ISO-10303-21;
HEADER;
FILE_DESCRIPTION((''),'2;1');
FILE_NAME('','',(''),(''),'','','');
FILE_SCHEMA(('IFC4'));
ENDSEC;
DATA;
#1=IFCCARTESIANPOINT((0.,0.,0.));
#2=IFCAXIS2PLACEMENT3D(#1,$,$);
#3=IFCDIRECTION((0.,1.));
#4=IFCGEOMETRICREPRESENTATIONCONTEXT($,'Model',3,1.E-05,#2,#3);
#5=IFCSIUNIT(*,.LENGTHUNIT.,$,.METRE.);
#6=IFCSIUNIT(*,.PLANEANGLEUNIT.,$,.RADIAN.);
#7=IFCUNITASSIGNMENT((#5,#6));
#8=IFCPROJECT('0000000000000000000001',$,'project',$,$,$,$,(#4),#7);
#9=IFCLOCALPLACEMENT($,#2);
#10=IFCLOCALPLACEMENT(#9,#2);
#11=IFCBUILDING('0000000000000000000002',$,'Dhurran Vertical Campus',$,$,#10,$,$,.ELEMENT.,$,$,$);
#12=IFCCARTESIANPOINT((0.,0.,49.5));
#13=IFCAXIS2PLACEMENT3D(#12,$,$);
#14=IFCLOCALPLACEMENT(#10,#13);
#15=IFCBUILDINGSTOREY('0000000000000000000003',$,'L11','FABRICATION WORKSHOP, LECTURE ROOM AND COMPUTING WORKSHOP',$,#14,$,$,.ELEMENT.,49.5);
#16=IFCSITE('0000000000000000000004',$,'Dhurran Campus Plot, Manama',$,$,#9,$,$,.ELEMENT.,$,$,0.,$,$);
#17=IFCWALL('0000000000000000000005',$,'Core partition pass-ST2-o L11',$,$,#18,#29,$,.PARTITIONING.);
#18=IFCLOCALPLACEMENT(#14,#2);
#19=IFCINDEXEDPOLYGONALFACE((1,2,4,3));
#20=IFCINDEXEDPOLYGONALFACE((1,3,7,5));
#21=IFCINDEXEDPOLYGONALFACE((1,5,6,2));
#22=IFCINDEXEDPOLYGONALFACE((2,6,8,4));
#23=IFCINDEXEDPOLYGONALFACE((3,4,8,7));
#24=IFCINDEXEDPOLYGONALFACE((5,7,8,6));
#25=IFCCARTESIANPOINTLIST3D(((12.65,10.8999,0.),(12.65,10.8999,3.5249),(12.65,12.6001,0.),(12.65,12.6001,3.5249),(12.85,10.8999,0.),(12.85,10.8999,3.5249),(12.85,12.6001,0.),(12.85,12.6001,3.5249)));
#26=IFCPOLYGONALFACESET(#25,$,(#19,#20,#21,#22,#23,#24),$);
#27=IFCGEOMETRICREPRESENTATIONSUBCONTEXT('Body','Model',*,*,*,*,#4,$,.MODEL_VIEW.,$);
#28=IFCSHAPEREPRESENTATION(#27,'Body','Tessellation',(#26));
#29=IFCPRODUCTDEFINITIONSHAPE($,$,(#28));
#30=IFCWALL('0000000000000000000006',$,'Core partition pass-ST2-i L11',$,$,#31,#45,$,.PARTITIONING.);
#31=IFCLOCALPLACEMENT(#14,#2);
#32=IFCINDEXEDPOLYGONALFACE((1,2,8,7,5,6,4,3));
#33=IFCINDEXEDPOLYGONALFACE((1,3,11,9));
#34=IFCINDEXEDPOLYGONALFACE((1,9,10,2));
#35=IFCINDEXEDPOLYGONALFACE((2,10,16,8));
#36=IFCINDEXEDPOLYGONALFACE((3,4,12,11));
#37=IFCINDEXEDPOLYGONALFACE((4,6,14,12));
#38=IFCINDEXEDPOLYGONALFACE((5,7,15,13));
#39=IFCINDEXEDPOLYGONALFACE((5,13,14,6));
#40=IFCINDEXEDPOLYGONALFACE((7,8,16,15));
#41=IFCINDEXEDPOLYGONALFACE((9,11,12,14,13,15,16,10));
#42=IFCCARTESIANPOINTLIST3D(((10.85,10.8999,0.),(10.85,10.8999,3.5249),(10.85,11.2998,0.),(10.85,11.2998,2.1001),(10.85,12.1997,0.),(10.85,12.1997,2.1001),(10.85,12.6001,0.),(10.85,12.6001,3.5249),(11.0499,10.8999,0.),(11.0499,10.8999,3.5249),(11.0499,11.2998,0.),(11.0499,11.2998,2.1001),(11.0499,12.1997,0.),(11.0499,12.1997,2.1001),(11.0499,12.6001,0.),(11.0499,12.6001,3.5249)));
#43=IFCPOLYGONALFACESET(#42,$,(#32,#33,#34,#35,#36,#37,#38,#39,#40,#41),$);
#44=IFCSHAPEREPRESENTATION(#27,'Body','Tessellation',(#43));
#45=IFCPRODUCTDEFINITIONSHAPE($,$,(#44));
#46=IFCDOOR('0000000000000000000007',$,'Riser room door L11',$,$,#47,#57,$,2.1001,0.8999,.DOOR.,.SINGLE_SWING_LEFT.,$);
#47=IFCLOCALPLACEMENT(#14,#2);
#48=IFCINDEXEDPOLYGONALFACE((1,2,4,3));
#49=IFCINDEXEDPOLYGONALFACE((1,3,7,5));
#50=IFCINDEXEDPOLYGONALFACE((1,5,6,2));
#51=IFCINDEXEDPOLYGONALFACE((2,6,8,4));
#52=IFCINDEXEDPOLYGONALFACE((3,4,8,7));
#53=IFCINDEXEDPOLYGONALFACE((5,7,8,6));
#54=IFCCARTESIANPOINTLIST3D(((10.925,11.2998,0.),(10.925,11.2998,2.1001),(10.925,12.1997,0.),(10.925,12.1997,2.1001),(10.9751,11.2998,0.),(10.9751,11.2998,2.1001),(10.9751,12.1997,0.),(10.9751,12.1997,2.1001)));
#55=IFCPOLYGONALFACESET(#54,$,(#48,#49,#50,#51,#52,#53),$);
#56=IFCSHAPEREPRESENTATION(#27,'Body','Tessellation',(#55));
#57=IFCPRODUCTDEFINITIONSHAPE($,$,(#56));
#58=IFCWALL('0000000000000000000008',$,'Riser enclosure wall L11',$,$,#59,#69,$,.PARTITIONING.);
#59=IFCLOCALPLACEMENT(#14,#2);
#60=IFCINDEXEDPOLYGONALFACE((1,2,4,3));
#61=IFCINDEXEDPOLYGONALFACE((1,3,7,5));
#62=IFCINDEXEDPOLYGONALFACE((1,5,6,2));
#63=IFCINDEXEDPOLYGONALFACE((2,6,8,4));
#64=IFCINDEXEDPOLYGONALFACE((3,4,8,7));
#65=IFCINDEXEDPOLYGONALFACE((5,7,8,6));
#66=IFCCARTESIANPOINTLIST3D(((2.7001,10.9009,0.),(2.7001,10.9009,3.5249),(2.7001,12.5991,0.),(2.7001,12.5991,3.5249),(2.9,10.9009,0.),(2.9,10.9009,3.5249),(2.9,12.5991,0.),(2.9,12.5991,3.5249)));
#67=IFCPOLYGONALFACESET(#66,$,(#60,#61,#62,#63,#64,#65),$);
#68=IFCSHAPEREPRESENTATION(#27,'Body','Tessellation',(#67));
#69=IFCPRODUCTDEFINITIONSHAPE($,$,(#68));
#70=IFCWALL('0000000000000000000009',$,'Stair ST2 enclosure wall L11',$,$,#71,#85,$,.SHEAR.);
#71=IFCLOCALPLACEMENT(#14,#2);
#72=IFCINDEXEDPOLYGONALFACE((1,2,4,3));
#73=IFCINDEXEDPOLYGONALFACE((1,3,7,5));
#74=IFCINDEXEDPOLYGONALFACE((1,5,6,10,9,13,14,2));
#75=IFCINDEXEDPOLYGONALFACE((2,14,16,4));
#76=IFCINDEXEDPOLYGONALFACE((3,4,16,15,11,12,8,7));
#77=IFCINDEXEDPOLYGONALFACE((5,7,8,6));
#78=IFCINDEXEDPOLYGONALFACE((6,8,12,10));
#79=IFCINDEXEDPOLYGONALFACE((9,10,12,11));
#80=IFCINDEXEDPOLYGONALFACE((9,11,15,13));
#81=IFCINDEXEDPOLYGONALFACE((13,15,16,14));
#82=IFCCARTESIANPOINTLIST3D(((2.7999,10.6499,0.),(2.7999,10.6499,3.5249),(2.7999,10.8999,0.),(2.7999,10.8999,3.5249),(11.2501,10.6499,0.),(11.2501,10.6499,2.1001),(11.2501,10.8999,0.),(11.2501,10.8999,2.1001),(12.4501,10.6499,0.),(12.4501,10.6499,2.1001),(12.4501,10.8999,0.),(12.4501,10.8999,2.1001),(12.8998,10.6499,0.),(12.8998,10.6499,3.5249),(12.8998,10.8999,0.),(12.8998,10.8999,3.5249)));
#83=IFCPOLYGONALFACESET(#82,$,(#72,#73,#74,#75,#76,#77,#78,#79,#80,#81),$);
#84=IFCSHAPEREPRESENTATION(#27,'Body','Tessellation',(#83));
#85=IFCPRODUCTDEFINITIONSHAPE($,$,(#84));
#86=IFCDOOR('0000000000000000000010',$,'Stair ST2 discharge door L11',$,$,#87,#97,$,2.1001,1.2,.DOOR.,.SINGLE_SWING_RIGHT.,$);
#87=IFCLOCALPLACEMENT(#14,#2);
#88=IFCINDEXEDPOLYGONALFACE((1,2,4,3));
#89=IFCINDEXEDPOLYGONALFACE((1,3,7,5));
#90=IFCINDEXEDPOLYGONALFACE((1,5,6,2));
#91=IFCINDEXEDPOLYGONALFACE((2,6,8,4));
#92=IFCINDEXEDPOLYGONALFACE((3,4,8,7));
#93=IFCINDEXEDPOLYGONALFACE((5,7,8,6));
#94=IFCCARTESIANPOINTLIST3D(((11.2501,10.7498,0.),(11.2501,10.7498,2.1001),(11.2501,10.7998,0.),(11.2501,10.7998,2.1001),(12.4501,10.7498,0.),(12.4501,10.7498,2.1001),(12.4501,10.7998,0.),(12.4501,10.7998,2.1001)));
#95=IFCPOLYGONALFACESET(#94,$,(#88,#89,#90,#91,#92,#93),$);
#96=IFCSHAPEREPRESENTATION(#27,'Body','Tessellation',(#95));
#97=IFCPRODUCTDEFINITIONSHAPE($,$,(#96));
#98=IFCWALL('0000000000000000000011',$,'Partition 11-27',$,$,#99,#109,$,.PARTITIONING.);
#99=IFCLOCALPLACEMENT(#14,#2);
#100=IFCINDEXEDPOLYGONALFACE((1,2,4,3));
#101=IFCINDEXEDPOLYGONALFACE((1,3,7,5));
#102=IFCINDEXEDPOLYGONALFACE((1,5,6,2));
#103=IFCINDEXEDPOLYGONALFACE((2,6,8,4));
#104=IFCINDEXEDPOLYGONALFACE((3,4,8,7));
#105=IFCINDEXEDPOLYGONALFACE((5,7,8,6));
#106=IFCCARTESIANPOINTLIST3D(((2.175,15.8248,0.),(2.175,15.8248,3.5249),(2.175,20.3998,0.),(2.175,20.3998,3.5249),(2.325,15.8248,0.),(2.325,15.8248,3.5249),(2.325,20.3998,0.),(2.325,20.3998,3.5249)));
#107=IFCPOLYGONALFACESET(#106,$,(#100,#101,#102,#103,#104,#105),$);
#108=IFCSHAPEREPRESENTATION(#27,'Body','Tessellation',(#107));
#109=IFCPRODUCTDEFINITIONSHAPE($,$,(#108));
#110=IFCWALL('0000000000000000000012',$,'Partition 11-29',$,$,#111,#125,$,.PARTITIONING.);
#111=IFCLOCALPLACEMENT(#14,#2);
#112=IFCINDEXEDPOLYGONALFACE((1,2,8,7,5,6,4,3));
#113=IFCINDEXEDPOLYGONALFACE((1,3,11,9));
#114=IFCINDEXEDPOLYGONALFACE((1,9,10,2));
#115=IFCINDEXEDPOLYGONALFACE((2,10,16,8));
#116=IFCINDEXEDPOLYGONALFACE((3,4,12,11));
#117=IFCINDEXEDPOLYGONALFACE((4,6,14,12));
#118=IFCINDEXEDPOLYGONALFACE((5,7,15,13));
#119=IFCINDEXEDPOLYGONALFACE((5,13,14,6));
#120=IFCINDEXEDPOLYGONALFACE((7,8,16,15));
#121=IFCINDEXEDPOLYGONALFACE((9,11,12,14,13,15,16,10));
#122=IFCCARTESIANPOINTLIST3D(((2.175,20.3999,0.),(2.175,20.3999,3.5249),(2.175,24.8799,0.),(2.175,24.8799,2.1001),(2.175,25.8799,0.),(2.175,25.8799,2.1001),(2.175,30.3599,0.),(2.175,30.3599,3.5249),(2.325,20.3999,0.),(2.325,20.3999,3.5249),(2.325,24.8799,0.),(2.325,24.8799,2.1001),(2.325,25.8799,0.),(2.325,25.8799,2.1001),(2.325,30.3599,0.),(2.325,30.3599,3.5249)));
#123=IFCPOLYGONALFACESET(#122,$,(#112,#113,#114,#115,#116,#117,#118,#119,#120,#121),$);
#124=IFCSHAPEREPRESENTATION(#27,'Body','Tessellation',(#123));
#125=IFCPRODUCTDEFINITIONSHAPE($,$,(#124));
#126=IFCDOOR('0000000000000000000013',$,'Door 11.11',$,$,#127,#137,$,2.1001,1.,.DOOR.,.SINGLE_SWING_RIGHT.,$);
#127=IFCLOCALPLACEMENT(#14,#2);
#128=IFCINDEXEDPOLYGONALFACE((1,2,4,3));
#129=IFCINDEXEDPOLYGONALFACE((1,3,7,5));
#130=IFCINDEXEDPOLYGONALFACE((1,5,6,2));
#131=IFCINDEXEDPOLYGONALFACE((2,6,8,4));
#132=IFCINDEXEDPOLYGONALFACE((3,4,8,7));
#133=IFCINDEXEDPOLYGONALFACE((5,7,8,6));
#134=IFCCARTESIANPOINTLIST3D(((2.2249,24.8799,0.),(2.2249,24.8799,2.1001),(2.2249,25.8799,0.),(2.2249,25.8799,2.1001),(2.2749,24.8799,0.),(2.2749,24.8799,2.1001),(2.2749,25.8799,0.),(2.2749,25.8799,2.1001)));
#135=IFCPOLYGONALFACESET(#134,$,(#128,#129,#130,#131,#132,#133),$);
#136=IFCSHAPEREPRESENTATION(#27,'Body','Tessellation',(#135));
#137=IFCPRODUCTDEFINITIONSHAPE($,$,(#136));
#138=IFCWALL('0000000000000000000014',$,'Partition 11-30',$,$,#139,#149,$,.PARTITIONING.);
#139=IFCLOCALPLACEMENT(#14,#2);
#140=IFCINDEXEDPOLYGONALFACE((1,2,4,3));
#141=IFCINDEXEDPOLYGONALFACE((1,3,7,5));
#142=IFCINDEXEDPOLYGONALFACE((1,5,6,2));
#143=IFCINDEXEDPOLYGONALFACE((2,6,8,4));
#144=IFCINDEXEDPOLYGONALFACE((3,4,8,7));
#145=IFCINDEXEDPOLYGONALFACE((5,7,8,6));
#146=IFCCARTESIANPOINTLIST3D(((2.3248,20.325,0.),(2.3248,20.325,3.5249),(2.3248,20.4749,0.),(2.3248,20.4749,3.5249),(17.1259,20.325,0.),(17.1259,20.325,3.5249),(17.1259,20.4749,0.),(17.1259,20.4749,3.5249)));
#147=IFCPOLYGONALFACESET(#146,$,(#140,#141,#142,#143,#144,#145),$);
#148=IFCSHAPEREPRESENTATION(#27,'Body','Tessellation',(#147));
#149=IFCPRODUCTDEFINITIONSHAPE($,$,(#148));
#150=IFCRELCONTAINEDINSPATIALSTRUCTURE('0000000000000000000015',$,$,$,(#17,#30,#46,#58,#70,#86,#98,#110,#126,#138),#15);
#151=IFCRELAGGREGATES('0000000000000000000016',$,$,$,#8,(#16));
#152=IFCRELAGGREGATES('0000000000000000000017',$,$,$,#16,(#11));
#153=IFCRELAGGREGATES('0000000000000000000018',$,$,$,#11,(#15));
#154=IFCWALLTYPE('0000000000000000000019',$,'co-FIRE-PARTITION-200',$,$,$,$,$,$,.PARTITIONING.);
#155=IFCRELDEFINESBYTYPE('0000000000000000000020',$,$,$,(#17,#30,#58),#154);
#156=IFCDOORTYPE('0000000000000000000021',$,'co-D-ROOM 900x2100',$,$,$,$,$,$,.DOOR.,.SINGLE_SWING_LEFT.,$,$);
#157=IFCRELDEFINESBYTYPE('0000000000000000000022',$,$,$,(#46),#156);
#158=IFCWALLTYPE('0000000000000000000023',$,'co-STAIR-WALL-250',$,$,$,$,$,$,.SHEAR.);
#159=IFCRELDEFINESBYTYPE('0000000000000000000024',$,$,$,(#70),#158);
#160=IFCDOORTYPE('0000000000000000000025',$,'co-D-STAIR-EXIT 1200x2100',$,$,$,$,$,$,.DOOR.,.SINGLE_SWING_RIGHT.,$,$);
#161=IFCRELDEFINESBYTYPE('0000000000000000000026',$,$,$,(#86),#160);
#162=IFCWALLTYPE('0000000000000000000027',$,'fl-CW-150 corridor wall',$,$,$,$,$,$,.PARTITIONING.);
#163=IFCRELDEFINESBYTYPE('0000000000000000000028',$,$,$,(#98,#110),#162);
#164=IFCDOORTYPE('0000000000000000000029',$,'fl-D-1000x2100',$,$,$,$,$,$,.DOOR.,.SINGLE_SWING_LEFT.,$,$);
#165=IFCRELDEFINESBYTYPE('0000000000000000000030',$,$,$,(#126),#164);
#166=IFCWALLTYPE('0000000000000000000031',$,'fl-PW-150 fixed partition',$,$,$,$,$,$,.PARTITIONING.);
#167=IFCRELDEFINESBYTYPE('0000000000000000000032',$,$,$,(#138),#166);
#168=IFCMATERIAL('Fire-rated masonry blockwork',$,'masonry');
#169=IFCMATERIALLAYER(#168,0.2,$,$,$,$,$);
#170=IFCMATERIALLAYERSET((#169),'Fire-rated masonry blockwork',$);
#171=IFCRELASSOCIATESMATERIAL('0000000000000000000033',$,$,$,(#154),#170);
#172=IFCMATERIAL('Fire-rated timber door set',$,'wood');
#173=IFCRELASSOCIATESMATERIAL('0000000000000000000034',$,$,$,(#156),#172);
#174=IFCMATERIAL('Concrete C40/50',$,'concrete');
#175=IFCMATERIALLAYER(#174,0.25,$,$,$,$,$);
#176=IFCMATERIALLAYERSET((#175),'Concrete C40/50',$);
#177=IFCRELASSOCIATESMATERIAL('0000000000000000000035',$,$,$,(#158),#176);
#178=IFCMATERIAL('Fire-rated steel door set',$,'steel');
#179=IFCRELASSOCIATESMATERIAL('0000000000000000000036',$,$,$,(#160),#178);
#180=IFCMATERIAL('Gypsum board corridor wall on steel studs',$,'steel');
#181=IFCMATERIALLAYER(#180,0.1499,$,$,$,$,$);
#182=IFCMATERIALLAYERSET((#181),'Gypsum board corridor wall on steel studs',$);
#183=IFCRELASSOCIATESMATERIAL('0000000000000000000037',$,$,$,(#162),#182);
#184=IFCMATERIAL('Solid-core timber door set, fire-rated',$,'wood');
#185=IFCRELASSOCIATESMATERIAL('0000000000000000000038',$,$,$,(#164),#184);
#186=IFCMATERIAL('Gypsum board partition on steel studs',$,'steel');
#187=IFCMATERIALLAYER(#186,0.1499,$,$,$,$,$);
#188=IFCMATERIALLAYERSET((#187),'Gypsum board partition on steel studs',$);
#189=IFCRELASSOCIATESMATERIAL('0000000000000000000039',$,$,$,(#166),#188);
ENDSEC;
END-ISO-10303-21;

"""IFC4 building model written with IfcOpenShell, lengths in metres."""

from ifc_helpers import new_model, si_unit, direction, frame, frame_2d, origin, place, context, subcontext, project, spatial, rectangle, extrude, material, layer, layer_set, type_object, element, fill, save


model = new_model("IFC4")

# Units and contexts
model_context = context("Model", 3, precision=1e-05, world=origin(), true_north=direction((0.0, 1.0)))
body_context = subcontext(model_context, "Body", "Model", "MODEL_VIEW")
ifc_project = project(units=[si_unit("LENGTHUNIT", "METRE"), si_unit("PLANEANGLEUNIT", "RADIAN")], contexts=[model_context])

# Site, building, storey
site_placement = place(None, origin())
site = spatial("IfcSite", under=ifc_project, at=site_placement, Name="Dhurran Campus Plot, Manama", CompositionType="ELEMENT", RefElevation=0.0)
building_placement = place(site_placement, origin())
building = spatial("IfcBuilding", under=site, at=building_placement, Name="Dhurran Vertical Campus", CompositionType="ELEMENT")
storey_placement = place(building_placement, frame((0.0, 0.0, 49.5)))
storey = spatial("IfcBuildingStorey", under=building, at=storey_placement, Name="L11", Description="FABRICATION WORKSHOP, LECTURE ROOM AND COMPUTING WORKSHOP", CompositionType="ELEMENT", Elevation=49.5)

# Wall
ifc_material_1 = material(Name="Fire-rated masonry blockwork", Category="masonry")
ifc_layer_1 = layer(ifc_material_1, 0.2)
ifc_layer_set_1 = layer_set([ifc_layer_1], Name="Fire-rated masonry blockwork")
wall_type_1 = type_object("IfcWallType", Name="co-FIRE-PARTITION-200", PredefinedType="PARTITIONING", material=ifc_layer_set_1)
wall_1_placement = place(storey_placement, frame((12.75, 10.8999, 0.0), z_axis=(0.0, 0.0, 1.0), x_axis=(0.0, 1.0, 0.0)))
element("IfcWall", 1, at=wall_1_placement, inside=storey, type_object=wall_type_1, Name="Core partition pass-ST2-o L11", PredefinedType="PARTITIONING", context=body_context, shape_type="SweptSolid", body=[
    extrude(rectangle(XDim=1.7002, YDim=0.2, at=frame_2d((0.8501, 0.0))), origin(), (0.0, 0.0, 1.0), 3.5249),
])

# Wall, opening, door
wall_2_placement = place(storey_placement, frame((10.95, 10.8999, 0.0), z_axis=(0.0, 0.0, 1.0), x_axis=(0.0, 1.0, 0.0)))
wall_2 = element("IfcWall", 2, at=wall_2_placement, inside=storey, type_object=wall_type_1, Name="Core partition pass-ST2-i L11", PredefinedType="PARTITIONING", context=body_context, shape_type="SweptSolid", body=[
    extrude(rectangle(XDim=1.7002, YDim=0.2, at=frame_2d((0.8501, 0.0))), origin(), (0.0, 0.0, 1.0), 3.5249),
])
opening_1_placement = place(wall_2_placement, frame((0.3999, 0.0, 0.0)))
opening_1 = element("IfcOpeningElement", 3, at=opening_1_placement, cuts=wall_2, PredefinedType="OPENING", context=body_context, shape_type="SweptSolid", body=[
    extrude(rectangle(XDim=0.8999, YDim=2.1001, at=frame_2d((0.45, 1.05))), frame((0.0, 0.1099, 0.0), z_axis=(0.0, -1.0, 0.0), x_axis=(1.0, 0.0, 0.0)), (0.0, 0.0, 1.0), 0.22),
])
ifc_material_2 = material(Name="Fire-rated timber door set", Category="wood")
door_type_1 = type_object("IfcDoorType", Name="co-D-ROOM 900x2100", OperationType="SINGLE_SWING_LEFT", PredefinedType="DOOR", material=ifc_material_2)
door_1_placement = place(opening_1_placement, origin())
door_1 = element("IfcDoor", 4, at=door_1_placement, inside=storey, type_object=door_type_1, Name="Riser room door L11", OperationType="SINGLE_SWING_LEFT", OverallHeight=2.1001, OverallWidth=0.8999, PredefinedType="DOOR", context=body_context, shape_type="SweptSolid", body=[
    extrude(rectangle(XDim=0.8999, YDim=2.1001, at=frame_2d((0.45, 1.05))), frame((0.0, 0.0249, 0.0), z_axis=(0.0, -1.0, 0.0), x_axis=(1.0, 0.0, 0.0)), (0.0, 0.0, 1.0), 0.05),
])
fill(opening_1, door_1)

# Wall
wall_3_placement = place(storey_placement, frame((2.8, 12.5991, 0.0), z_axis=(0.0, 0.0, 1.0), x_axis=(0.0, -1.0, 0.0)))
element("IfcWall", 5, at=wall_3_placement, inside=storey, type_object=wall_type_1, Name="Riser enclosure wall L11", PredefinedType="PARTITIONING", context=body_context, shape_type="SweptSolid", body=[
    extrude(rectangle(XDim=1.6982, YDim=0.2, at=frame_2d((0.8491, 0.0))), origin(), (0.0, 0.0, 1.0), 3.5249),
])

# Wall, opening, door
ifc_material_3 = material(Name="Concrete C40/50", Category="concrete")
ifc_layer_2 = layer(ifc_material_3, 0.25)
ifc_layer_set_2 = layer_set([ifc_layer_2], Name="Concrete C40/50")
wall_type_2 = type_object("IfcWallType", Name="co-STAIR-WALL-250", PredefinedType="SHEAR", material=ifc_layer_set_2)
wall_4_placement = place(storey_placement, frame((2.8, 10.7749, 0.0), z_axis=(0.0, 0.0, 1.0), x_axis=(1.0, 0.0, 0.0)))
wall_4 = element("IfcWall", 6, at=wall_4_placement, inside=storey, type_object=wall_type_2, Name="Stair ST2 enclosure wall L11", PredefinedType="SHEAR", context=body_context, shape_type="SweptSolid", body=[
    extrude(rectangle(XDim=10.0999, YDim=0.25, at=frame_2d((5.0498, 0.0))), origin(), (0.0, 0.0, 1.0), 3.5249),
])
opening_2_placement = place(wall_4_placement, frame((8.45, 0.0, 0.0)))
opening_2 = element("IfcOpeningElement", 7, at=opening_2_placement, cuts=wall_4, PredefinedType="OPENING", context=body_context, shape_type="SweptSolid", body=[
    extrude(rectangle(XDim=1.2, YDim=2.1001, at=frame_2d((0.6001, 1.05))), frame((0.0, 0.135, 0.0), z_axis=(0.0, -1.0, 0.0), x_axis=(1.0, 0.0, 0.0)), (0.0, 0.0, 1.0), 0.27),
])
ifc_material_4 = material(Name="Fire-rated steel door set", Category="steel")
door_type_2 = type_object("IfcDoorType", Name="co-D-STAIR-EXIT 1200x2100", OperationType="SINGLE_SWING_RIGHT", PredefinedType="DOOR", material=ifc_material_4)
door_2_placement = place(opening_2_placement, origin())
door_2 = element("IfcDoor", 8, at=door_2_placement, inside=storey, type_object=door_type_2, Name="Stair ST2 discharge door L11", OperationType="SINGLE_SWING_RIGHT", OverallHeight=2.1001, OverallWidth=1.2, PredefinedType="DOOR", context=body_context, shape_type="SweptSolid", body=[
    extrude(rectangle(XDim=1.2, YDim=2.1001, at=frame_2d((0.6001, 1.05))), frame((0.0, 0.0249, 0.0), z_axis=(0.0, -1.0, 0.0), x_axis=(1.0, 0.0, 0.0)), (0.0, 0.0, 1.0), 0.05),
])
fill(opening_2, door_2)

# Wall
ifc_material_5 = material(Name="Gypsum board corridor wall on steel studs", Category="steel")
ifc_layer_3 = layer(ifc_material_5, 0.1499)
ifc_layer_set_3 = layer_set([ifc_layer_3], Name="Gypsum board corridor wall on steel studs")
wall_type_3 = type_object("IfcWallType", Name="fl-CW-150 corridor wall", PredefinedType="PARTITIONING", material=ifc_layer_set_3)
wall_5_placement = place(storey_placement, frame((2.25, 20.3999, 0.0), z_axis=(0.0, 0.0, 1.0), x_axis=(0.0, -1.0, 0.0)))
element("IfcWall", 9, at=wall_5_placement, inside=storey, type_object=wall_type_3, Name="Partition 11-27", PredefinedType="PARTITIONING", context=body_context, shape_type="SweptSolid", body=[
    extrude(rectangle(XDim=4.575, YDim=0.1499, at=frame_2d((2.2876, 0.0))), origin(), (0.0, 0.0, 1.0), 3.5249),
])

# Wall, opening, door
wall_6_placement = place(storey_placement, frame((2.25, 30.3599, 0.0), z_axis=(0.0, 0.0, 1.0), x_axis=(0.0, -1.0, 0.0)))
wall_6 = element("IfcWall", 10, at=wall_6_placement, inside=storey, type_object=wall_type_3, Name="Partition 11-29", PredefinedType="PARTITIONING", context=body_context, shape_type="SweptSolid", body=[
    extrude(rectangle(XDim=9.96, YDim=0.1499, at=frame_2d((4.98, 0.0))), origin(), (0.0, 0.0, 1.0), 3.5249),
])
opening_3_placement = place(wall_6_placement, frame((4.48, 0.0, 0.0)))
opening_3 = element("IfcOpeningElement", 11, at=opening_3_placement, cuts=wall_6, PredefinedType="OPENING", context=body_context, shape_type="SweptSolid", body=[
    extrude(rectangle(XDim=1.0, YDim=2.1001, at=frame_2d((0.5, 1.05))), frame((0.0, 0.085, 0.0), z_axis=(0.0, -1.0, 0.0), x_axis=(1.0, 0.0, 0.0)), (0.0, 0.0, 1.0), 0.1699),
])
ifc_material_6 = material(Name="Solid-core timber door set, fire-rated", Category="wood")
door_type_3 = type_object("IfcDoorType", Name="fl-D-1000x2100", OperationType="SINGLE_SWING_LEFT", PredefinedType="DOOR", material=ifc_material_6)
door_3_placement = place(opening_3_placement, origin())
door_3 = element("IfcDoor", 12, at=door_3_placement, inside=storey, type_object=door_type_3, Name="Door 11.11", OperationType="SINGLE_SWING_RIGHT", OverallHeight=2.1001, OverallWidth=1.0, PredefinedType="DOOR", context=body_context, shape_type="SweptSolid", body=[
    extrude(rectangle(XDim=1.0, YDim=2.1001, at=frame_2d((0.5, 1.05))), frame((0.0, 0.0249, 0.0), z_axis=(0.0, -1.0, 0.0), x_axis=(1.0, 0.0, 0.0)), (0.0, 0.0, 1.0), 0.05),
])
fill(opening_3, door_3)

# Wall
ifc_material_7 = material(Name="Gypsum board partition on steel studs", Category="steel")
ifc_layer_4 = layer(ifc_material_7, 0.1499)
ifc_layer_set_4 = layer_set([ifc_layer_4], Name="Gypsum board partition on steel studs")
wall_type_4 = type_object("IfcWallType", Name="fl-PW-150 fixed partition", PredefinedType="PARTITIONING", material=ifc_layer_set_4)
wall_7_placement = place(storey_placement, frame((2.325, 20.3999, 0.0), z_axis=(0.0, 0.0, 1.0), x_axis=(1.0, 0.0, 0.0)))
element("IfcWall", 13, at=wall_7_placement, inside=storey, type_object=wall_type_4, Name="Partition 11-30", PredefinedType="PARTITIONING", context=body_context, shape_type="SweptSolid", body=[
    extrude(rectangle(XDim=14.801, YDim=0.1499, at=frame_2d((7.4004, 0.0))), origin(), (0.0, 0.0, 1.0), 3.5249),
])

save(model, "model.ifc")
